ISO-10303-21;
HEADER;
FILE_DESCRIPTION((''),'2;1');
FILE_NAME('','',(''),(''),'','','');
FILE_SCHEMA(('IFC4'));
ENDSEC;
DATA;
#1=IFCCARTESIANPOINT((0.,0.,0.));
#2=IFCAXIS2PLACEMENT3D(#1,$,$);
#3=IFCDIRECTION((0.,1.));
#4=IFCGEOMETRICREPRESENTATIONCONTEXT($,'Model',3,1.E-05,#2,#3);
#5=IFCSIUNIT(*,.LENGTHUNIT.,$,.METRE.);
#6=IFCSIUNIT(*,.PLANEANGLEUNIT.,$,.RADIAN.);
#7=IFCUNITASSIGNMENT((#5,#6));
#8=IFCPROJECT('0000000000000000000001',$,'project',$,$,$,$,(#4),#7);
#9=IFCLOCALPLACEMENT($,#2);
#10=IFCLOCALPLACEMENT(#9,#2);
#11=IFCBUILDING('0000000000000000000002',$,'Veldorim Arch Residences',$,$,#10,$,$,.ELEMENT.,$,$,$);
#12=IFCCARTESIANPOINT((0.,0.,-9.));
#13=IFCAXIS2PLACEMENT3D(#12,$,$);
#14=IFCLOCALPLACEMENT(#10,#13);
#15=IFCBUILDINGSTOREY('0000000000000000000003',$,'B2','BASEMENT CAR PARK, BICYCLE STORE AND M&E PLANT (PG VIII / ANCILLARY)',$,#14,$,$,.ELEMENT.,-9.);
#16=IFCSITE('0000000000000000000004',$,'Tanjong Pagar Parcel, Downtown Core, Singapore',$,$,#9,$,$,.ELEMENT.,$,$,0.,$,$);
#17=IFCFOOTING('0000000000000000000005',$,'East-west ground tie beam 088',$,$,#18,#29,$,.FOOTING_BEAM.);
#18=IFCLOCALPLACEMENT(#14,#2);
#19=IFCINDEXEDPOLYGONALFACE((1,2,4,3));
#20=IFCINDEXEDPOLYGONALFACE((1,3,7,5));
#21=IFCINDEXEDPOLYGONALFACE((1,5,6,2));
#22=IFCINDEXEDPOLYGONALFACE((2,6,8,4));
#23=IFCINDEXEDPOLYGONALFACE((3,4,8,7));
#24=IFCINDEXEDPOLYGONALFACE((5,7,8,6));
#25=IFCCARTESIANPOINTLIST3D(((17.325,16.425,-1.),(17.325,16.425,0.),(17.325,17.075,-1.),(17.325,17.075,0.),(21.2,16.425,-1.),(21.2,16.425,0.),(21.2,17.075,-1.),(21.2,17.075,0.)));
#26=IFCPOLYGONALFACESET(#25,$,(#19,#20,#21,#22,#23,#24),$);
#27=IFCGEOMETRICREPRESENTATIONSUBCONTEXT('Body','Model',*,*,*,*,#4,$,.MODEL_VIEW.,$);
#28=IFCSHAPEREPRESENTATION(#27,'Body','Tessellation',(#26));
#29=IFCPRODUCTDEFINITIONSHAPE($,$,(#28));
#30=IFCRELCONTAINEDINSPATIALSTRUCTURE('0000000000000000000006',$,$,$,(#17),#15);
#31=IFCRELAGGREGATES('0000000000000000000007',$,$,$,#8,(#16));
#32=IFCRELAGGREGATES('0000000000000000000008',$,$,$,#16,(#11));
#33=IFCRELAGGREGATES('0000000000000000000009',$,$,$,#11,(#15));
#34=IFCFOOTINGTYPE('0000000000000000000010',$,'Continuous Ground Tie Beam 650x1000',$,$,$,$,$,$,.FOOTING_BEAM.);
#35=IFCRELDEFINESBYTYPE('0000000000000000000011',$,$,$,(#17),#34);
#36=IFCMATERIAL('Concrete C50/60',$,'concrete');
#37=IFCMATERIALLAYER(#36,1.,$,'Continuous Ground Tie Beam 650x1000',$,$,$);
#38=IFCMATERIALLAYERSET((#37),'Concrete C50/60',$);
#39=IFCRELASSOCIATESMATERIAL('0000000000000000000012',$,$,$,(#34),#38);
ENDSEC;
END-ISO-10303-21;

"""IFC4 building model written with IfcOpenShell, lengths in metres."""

from ifc_helpers import new_model, si_unit, direction, frame, origin, place, context, subcontext, project, spatial, polyline, outline, extrude, material, layer, layer_set, type_object, element, save


model = new_model("IFC4")

# Units and contexts
model_context = context("Model", 3, precision=1e-05, world=origin(), true_north=direction((0.0, 1.0)))
body_context = subcontext(model_context, "Body", "Model", "MODEL_VIEW")
ifc_project = project(units=[si_unit("LENGTHUNIT", "METRE"), si_unit("PLANEANGLEUNIT", "RADIAN")], contexts=[model_context])

# Site, building, storey
site_placement = place(None, origin())
site = spatial("IfcSite", under=ifc_project, at=site_placement, Name="Tanjong Pagar Parcel, Downtown Core, Singapore", CompositionType="ELEMENT", RefElevation=0.0)
building_placement = place(site_placement, origin())
building = spatial("IfcBuilding", under=site, at=building_placement, Name="Veldorim Arch Residences", CompositionType="ELEMENT")
storey_placement = place(building_placement, frame((0.0, 0.0, -9.0)))
storey = spatial("IfcBuildingStorey", under=building, at=storey_placement, Name="B2", Description="BASEMENT CAR PARK, BICYCLE STORE AND M&E PLANT (PG VIII / ANCILLARY)", CompositionType="ELEMENT", Elevation=-9.0)

# Footing
ifc_material = material(Name="Concrete C50/60", Category="concrete")
ifc_layer = layer(ifc_material, 1.0, Name="Continuous Ground Tie Beam 650x1000")
ifc_layer_set = layer_set([ifc_layer], Name="Concrete C50/60")
footing_type = type_object("IfcFootingType", Name="Continuous Ground Tie Beam 650x1000", PredefinedType="FOOTING_BEAM", material=ifc_layer_set)
footing_1_placement = place(storey_placement, frame((0.0, 0.0, -1.0)))
element("IfcFooting", 1, at=footing_1_placement, inside=storey, type_object=footing_type, Name="East-west ground tie beam 088", PredefinedType="FOOTING_BEAM", context=body_context, shape_type="SweptSolid", body=[
    extrude(outline(polyline([(17.325, 16.425), (21.2, 16.425), (21.2, 17.075), (17.325, 17.075), (17.325, 16.425)])), origin(), (0.0, 0.0, 1.0), 1.0),
])

save(model, "model.ifc")
